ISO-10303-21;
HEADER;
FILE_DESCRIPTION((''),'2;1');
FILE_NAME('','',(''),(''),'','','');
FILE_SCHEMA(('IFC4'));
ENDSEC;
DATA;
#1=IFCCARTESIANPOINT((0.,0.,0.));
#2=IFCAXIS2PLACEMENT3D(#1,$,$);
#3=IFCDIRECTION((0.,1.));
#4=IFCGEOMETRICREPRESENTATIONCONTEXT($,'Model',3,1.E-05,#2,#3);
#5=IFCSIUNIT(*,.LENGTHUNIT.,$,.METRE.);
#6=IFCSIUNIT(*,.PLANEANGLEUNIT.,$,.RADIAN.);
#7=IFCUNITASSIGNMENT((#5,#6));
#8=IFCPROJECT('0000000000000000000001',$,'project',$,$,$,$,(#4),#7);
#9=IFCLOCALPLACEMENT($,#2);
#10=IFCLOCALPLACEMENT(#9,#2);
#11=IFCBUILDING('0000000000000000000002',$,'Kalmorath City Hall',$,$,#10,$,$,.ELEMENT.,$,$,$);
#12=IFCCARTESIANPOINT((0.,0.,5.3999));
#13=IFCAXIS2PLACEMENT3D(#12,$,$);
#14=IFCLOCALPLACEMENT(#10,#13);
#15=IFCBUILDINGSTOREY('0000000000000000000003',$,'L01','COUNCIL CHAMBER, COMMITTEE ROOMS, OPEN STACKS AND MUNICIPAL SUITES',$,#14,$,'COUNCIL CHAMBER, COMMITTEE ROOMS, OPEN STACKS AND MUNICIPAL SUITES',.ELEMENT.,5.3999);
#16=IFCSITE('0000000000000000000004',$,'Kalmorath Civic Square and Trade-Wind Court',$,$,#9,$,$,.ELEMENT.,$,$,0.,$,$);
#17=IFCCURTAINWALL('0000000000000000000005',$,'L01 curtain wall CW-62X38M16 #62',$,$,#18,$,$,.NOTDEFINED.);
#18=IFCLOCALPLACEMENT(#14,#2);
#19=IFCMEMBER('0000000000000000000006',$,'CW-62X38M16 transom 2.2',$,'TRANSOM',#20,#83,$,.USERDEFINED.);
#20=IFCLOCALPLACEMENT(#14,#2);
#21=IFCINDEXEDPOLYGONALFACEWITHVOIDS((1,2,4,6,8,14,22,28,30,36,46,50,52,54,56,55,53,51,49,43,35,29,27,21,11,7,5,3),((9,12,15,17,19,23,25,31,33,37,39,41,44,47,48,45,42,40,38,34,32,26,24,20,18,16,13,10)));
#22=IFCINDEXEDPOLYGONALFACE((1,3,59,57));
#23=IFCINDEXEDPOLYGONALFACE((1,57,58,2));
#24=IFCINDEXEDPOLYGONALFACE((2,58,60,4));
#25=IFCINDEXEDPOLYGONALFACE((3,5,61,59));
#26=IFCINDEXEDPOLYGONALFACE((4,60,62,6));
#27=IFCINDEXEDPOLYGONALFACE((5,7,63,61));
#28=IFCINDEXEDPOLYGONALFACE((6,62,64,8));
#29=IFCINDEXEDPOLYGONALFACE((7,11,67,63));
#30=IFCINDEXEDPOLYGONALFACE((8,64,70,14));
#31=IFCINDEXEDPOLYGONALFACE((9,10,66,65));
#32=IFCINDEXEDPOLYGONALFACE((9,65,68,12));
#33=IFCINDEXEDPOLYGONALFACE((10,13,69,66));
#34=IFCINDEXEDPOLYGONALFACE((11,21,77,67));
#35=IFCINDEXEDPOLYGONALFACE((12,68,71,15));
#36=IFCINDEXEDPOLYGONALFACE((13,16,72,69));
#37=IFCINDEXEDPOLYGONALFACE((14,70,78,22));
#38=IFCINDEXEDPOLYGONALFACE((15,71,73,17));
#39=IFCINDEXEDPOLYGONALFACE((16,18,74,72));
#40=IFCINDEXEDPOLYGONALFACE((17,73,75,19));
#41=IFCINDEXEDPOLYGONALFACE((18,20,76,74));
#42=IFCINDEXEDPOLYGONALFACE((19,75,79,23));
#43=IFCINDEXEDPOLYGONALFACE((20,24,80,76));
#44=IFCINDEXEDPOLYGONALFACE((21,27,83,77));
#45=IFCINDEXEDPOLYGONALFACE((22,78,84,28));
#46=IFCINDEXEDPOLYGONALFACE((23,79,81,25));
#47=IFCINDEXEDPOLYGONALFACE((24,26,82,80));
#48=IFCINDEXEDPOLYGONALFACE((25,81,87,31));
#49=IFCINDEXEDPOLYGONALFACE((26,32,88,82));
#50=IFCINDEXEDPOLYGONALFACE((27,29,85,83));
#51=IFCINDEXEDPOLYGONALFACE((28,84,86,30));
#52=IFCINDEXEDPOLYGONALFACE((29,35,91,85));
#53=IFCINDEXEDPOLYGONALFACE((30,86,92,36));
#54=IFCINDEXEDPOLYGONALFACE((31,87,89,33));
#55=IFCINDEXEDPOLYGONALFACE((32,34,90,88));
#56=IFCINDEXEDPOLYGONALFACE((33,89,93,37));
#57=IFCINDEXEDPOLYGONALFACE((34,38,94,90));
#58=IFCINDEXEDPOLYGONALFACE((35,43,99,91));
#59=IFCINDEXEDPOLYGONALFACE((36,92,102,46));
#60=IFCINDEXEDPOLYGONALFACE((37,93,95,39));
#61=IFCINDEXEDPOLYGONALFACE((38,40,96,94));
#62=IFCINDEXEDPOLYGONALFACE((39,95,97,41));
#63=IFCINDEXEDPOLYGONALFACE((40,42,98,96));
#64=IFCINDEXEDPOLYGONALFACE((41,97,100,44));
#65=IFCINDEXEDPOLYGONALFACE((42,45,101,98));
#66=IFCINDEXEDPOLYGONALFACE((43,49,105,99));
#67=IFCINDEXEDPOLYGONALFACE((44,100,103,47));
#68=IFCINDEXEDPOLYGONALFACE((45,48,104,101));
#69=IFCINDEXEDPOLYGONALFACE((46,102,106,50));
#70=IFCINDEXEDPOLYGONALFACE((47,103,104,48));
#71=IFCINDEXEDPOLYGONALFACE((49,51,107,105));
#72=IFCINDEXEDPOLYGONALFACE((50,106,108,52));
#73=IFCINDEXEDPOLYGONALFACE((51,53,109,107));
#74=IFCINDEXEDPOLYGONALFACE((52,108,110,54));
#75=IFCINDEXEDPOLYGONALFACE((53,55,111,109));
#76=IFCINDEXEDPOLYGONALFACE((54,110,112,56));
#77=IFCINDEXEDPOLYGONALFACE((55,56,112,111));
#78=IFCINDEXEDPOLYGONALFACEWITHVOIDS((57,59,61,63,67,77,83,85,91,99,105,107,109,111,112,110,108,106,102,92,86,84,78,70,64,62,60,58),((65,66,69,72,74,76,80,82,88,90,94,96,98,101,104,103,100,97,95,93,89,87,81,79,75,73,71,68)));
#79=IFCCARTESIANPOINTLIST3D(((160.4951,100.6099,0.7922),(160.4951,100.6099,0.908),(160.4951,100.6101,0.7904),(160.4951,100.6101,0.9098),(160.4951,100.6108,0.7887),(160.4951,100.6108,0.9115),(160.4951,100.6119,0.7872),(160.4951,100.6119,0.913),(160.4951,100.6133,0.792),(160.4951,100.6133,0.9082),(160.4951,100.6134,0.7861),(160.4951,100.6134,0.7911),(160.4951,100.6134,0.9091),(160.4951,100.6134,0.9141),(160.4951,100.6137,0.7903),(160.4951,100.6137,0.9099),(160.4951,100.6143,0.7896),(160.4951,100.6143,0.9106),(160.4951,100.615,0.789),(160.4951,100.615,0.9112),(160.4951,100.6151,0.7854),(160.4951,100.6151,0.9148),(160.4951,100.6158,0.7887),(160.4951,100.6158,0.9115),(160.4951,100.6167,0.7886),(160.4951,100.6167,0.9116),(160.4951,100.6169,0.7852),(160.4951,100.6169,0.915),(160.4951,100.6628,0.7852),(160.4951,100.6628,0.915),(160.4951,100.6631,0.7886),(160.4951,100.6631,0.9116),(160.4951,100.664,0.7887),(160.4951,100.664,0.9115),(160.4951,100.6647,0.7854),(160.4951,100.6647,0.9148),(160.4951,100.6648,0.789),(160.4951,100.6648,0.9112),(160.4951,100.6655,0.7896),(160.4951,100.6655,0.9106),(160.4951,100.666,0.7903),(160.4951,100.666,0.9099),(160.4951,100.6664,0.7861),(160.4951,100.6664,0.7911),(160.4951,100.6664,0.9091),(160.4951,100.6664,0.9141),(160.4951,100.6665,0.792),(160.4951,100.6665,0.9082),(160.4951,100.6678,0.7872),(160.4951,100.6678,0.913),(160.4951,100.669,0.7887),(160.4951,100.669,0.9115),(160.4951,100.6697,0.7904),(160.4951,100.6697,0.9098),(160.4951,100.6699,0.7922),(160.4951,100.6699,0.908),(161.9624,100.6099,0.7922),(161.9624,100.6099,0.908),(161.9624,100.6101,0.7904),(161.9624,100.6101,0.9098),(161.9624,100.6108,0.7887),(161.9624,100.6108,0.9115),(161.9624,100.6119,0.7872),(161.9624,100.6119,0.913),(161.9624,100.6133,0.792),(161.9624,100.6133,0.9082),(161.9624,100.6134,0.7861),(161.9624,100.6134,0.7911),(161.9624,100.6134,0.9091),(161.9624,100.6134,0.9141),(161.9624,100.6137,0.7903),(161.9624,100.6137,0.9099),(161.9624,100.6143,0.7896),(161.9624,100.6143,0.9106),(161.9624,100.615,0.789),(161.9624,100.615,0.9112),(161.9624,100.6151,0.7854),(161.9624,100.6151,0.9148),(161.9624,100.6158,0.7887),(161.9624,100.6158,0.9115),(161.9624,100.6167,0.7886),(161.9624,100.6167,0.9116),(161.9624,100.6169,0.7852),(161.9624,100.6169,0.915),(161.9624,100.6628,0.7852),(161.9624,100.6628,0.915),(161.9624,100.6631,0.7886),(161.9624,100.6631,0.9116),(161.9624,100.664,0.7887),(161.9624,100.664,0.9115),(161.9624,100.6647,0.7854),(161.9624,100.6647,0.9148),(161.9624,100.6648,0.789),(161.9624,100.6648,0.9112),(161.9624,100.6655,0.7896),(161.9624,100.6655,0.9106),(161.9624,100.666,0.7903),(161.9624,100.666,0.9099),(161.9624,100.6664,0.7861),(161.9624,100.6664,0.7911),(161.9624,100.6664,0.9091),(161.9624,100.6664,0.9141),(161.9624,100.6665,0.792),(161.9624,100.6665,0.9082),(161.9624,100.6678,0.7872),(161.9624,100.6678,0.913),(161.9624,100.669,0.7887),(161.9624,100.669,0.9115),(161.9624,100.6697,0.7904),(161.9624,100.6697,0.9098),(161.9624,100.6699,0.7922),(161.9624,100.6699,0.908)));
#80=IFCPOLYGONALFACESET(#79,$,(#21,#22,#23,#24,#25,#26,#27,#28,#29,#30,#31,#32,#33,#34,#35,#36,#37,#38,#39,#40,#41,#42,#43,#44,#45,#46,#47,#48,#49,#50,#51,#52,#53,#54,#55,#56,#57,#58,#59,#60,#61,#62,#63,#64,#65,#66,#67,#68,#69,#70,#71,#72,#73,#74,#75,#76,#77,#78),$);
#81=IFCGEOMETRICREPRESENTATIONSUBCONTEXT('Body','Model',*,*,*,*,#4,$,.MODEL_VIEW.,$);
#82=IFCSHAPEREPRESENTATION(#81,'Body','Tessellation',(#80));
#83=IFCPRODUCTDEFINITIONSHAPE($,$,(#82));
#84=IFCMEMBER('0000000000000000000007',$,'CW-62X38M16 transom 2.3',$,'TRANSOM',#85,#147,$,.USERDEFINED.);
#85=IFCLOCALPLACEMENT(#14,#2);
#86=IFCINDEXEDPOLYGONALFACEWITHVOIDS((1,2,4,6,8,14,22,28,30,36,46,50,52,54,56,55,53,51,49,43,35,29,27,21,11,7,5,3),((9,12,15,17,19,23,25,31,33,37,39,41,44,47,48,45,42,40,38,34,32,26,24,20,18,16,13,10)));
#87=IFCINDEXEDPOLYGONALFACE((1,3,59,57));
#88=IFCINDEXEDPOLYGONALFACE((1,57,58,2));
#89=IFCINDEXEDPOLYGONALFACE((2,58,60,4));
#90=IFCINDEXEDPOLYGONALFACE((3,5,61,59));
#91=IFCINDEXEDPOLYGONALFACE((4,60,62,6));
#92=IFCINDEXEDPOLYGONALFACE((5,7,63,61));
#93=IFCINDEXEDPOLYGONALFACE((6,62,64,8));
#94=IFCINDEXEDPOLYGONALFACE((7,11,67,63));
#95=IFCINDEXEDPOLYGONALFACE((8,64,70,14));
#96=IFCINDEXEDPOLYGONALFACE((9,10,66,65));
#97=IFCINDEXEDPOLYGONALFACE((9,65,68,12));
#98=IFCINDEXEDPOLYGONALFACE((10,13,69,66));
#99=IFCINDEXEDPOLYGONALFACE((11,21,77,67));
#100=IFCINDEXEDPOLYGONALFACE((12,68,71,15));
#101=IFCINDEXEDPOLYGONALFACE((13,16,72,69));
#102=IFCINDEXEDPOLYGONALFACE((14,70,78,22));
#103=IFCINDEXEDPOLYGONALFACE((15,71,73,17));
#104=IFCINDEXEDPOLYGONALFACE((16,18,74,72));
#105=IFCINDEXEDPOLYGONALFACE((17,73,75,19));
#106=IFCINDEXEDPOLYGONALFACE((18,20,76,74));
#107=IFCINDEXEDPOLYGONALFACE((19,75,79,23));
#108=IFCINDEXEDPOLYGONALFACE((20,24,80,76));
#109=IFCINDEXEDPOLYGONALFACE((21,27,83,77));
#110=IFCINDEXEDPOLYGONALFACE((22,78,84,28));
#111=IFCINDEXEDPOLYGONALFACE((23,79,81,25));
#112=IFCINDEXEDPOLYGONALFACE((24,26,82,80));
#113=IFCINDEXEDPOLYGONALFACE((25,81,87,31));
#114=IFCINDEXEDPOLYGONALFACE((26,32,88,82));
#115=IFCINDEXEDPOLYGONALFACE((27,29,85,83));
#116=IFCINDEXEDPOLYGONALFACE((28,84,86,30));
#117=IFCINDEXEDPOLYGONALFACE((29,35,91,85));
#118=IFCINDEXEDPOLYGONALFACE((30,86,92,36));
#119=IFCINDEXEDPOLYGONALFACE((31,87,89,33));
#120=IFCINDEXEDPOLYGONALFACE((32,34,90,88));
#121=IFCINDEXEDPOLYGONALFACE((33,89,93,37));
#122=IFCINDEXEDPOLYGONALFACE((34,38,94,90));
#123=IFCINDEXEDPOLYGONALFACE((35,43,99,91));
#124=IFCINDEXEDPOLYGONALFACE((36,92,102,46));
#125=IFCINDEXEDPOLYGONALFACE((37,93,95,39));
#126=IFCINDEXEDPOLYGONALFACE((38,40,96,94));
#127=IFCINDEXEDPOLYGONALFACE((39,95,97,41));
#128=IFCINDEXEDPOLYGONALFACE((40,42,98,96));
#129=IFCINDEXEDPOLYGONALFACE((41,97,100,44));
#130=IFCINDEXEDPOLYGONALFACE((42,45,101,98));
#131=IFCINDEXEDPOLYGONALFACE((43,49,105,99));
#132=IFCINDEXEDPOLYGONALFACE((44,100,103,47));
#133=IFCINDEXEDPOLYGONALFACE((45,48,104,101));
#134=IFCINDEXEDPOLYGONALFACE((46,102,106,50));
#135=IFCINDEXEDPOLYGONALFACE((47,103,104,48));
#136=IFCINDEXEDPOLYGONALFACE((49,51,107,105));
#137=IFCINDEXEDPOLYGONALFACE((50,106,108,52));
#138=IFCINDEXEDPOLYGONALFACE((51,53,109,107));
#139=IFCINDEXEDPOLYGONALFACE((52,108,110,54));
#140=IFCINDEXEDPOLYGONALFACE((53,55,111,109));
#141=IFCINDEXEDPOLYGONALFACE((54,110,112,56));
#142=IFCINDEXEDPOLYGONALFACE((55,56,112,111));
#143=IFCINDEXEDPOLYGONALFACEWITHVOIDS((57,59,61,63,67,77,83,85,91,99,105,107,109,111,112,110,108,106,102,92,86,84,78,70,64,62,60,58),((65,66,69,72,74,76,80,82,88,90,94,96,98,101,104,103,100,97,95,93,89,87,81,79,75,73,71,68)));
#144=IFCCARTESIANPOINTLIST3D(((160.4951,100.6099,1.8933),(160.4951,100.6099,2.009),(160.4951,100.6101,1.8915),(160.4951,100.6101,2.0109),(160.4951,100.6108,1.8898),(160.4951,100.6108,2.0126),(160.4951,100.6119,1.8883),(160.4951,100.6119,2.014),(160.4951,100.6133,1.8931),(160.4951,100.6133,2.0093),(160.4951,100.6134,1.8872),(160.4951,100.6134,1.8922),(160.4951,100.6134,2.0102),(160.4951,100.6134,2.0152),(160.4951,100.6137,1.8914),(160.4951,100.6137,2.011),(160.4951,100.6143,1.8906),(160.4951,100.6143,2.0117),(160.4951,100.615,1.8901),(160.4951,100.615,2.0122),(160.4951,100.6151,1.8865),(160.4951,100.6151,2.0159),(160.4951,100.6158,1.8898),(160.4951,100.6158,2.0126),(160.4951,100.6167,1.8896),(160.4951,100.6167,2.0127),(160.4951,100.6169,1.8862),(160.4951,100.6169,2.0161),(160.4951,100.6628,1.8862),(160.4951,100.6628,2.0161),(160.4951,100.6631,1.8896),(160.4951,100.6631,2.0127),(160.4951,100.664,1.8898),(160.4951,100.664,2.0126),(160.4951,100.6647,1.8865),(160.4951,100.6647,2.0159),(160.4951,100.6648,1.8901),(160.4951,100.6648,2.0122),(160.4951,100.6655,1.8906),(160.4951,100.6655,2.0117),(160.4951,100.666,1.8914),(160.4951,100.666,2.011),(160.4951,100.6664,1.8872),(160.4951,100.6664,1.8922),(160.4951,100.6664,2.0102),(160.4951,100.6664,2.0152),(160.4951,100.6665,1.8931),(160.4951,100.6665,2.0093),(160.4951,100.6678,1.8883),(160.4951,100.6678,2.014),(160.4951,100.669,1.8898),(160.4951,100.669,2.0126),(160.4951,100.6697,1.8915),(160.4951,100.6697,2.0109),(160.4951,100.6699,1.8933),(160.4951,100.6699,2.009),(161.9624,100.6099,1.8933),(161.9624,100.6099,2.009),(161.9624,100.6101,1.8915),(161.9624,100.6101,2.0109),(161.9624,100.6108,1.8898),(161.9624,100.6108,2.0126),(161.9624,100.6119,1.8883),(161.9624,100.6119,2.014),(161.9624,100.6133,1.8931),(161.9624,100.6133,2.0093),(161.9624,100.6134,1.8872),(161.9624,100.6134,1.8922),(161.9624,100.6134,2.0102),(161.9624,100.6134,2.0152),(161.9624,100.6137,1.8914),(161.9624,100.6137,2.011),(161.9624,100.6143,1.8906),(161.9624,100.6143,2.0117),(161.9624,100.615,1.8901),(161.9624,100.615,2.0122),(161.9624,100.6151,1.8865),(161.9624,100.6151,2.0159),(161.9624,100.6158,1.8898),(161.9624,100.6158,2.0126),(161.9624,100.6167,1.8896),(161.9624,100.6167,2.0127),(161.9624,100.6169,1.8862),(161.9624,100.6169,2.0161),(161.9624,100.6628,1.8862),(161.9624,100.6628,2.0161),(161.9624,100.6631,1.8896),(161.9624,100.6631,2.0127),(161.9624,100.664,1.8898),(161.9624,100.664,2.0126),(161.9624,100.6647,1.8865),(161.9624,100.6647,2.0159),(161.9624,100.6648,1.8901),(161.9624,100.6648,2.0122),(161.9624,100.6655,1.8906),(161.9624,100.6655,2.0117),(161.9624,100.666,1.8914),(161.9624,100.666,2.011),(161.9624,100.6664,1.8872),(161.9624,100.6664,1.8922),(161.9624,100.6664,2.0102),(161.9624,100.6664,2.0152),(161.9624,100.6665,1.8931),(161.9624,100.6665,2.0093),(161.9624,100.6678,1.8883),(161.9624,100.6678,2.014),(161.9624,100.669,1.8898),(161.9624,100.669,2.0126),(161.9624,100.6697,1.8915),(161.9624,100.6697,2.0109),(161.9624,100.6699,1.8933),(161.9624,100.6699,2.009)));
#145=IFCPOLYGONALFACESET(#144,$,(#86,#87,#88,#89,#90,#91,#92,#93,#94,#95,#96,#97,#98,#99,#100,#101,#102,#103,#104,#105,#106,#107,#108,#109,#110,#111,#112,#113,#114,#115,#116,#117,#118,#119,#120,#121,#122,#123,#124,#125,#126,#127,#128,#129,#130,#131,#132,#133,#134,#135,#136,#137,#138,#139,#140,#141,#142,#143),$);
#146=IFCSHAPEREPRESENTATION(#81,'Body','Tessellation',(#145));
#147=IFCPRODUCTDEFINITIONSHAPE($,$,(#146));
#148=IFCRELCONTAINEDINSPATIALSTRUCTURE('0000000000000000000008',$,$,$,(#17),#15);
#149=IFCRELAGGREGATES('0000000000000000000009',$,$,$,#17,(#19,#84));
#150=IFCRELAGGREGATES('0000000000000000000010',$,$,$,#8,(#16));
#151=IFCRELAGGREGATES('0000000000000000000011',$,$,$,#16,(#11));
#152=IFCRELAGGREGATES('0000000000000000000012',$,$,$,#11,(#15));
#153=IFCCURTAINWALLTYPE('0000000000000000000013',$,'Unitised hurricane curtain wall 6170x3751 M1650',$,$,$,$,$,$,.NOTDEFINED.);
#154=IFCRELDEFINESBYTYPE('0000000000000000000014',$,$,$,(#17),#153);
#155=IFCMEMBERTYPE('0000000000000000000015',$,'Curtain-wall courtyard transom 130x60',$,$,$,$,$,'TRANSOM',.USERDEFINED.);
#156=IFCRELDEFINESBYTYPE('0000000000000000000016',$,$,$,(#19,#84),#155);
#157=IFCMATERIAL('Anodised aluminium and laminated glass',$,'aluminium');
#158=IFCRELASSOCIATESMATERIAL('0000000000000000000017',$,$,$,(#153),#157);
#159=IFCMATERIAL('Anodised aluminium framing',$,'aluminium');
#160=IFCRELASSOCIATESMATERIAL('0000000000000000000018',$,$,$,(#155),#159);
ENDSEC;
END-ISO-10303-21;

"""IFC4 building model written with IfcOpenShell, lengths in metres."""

from ifc_helpers import new_model, si_unit, direction, frame, origin, origin_2d, place, context, subcontext, project, spatial, hollow_rectangle, extrude, material, material_profile, profile_set, type_object, element, aggregate, save


model = new_model("IFC4")

# Units and contexts
model_context = context("Model", 3, precision=1e-05, world=origin(), true_north=direction((0.0, 1.0)))
body_context = subcontext(model_context, "Body", "Model", "MODEL_VIEW")
ifc_project = project(units=[si_unit("LENGTHUNIT", "METRE"), si_unit("PLANEANGLEUNIT", "RADIAN")], contexts=[model_context])

# Site, building, storey
site_placement = place(None, origin())
site = spatial("IfcSite", under=ifc_project, at=site_placement, Name="Kalmorath Civic Square and Trade-Wind Court", CompositionType="ELEMENT", RefElevation=0.0)
building_placement = place(site_placement, origin())
building = spatial("IfcBuilding", under=site, at=building_placement, Name="Kalmorath City Hall", CompositionType="ELEMENT")
storey_placement = place(building_placement, frame((0.0, 0.0, 5.3999)))
storey = spatial("IfcBuildingStorey", under=building, at=storey_placement, Name="L01", Description="COUNCIL CHAMBER, COMMITTEE ROOMS, OPEN STACKS AND MUNICIPAL SUITES", LongName="COUNCIL CHAMBER, COMMITTEE ROOMS, OPEN STACKS AND MUNICIPAL SUITES", CompositionType="ELEMENT", Elevation=5.3999)

# Curtain wall, members
ifc_material_1 = material(Name="Anodised aluminium and laminated glass", Category="aluminium")
curtain_wall_type = type_object("IfcCurtainWallType", Name="Unitised hurricane curtain wall 6170x3751 M1650", PredefinedType="NOTDEFINED", material=ifc_material_1)
curtain_wall_placement = place(storey_placement, origin())
curtain_wall = element("IfcCurtainWall", 1, at=curtain_wall_placement, inside=storey, type_object=curtain_wall_type, Name="L01 curtain wall CW-62X38M16 #62", PredefinedType="NOTDEFINED")
ifc_material_2 = material(Name="Anodised aluminium framing", Category="aluminium")
ifc_material_profile_1 = material_profile(ifc_material_2, hollow_rectangle(XDim=0.0601, YDim=0.1299, WallThickness=0.0034, InnerFilletRadius=0.0034, OuterFilletRadius=0.0071, at=origin_2d()), Name="ALU-TRN-130X60X3.5")
ifc_profile_set_1 = profile_set([ifc_material_profile_1], Name="Anodised aluminium framing")
member_type_1 = type_object("IfcMemberType", Name="Curtain-wall courtyard transom 130x60", ElementType="TRANSOM", PredefinedType="USERDEFINED", material=ifc_profile_set_1)
member_1_placement = place(storey_placement, frame((160.4951, 100.6399, 0.8501), z_axis=(1.0, 0.0, 0.0), x_axis=(0.0, 1.0, 0.0)))
member_1 = element("IfcMember", 2, at=member_1_placement, type_object=member_type_1, Name="CW-62X38M16 transom 2.2", ObjectType="TRANSOM", PredefinedType="USERDEFINED", context=body_context, shape_type="SweptSolid", body=[
    extrude(hollow_rectangle(XDim=0.0601, YDim=0.1299, WallThickness=0.0034, InnerFilletRadius=0.0034, OuterFilletRadius=0.0071, at=origin_2d()), origin(), (0.0, 0.0, 1.0), 1.4673),
])
member_2_placement = place(storey_placement, frame((160.4951, 100.6399, 1.9512), z_axis=(1.0, 0.0, 0.0), x_axis=(0.0, 1.0, 0.0)))
member_2 = element("IfcMember", 3, at=member_2_placement, type_object=member_type_1, Name="CW-62X38M16 transom 2.3", ObjectType="TRANSOM", PredefinedType="USERDEFINED", context=body_context, shape_type="SweptSolid", body=[
    extrude(hollow_rectangle(XDim=0.0601, YDim=0.1299, WallThickness=0.0034, InnerFilletRadius=0.0034, OuterFilletRadius=0.0071, at=origin_2d()), origin(), (0.0, 0.0, 1.0), 1.4673),
])

aggregate(curtain_wall, [member_1, member_2])

save(model, "model.ifc")
